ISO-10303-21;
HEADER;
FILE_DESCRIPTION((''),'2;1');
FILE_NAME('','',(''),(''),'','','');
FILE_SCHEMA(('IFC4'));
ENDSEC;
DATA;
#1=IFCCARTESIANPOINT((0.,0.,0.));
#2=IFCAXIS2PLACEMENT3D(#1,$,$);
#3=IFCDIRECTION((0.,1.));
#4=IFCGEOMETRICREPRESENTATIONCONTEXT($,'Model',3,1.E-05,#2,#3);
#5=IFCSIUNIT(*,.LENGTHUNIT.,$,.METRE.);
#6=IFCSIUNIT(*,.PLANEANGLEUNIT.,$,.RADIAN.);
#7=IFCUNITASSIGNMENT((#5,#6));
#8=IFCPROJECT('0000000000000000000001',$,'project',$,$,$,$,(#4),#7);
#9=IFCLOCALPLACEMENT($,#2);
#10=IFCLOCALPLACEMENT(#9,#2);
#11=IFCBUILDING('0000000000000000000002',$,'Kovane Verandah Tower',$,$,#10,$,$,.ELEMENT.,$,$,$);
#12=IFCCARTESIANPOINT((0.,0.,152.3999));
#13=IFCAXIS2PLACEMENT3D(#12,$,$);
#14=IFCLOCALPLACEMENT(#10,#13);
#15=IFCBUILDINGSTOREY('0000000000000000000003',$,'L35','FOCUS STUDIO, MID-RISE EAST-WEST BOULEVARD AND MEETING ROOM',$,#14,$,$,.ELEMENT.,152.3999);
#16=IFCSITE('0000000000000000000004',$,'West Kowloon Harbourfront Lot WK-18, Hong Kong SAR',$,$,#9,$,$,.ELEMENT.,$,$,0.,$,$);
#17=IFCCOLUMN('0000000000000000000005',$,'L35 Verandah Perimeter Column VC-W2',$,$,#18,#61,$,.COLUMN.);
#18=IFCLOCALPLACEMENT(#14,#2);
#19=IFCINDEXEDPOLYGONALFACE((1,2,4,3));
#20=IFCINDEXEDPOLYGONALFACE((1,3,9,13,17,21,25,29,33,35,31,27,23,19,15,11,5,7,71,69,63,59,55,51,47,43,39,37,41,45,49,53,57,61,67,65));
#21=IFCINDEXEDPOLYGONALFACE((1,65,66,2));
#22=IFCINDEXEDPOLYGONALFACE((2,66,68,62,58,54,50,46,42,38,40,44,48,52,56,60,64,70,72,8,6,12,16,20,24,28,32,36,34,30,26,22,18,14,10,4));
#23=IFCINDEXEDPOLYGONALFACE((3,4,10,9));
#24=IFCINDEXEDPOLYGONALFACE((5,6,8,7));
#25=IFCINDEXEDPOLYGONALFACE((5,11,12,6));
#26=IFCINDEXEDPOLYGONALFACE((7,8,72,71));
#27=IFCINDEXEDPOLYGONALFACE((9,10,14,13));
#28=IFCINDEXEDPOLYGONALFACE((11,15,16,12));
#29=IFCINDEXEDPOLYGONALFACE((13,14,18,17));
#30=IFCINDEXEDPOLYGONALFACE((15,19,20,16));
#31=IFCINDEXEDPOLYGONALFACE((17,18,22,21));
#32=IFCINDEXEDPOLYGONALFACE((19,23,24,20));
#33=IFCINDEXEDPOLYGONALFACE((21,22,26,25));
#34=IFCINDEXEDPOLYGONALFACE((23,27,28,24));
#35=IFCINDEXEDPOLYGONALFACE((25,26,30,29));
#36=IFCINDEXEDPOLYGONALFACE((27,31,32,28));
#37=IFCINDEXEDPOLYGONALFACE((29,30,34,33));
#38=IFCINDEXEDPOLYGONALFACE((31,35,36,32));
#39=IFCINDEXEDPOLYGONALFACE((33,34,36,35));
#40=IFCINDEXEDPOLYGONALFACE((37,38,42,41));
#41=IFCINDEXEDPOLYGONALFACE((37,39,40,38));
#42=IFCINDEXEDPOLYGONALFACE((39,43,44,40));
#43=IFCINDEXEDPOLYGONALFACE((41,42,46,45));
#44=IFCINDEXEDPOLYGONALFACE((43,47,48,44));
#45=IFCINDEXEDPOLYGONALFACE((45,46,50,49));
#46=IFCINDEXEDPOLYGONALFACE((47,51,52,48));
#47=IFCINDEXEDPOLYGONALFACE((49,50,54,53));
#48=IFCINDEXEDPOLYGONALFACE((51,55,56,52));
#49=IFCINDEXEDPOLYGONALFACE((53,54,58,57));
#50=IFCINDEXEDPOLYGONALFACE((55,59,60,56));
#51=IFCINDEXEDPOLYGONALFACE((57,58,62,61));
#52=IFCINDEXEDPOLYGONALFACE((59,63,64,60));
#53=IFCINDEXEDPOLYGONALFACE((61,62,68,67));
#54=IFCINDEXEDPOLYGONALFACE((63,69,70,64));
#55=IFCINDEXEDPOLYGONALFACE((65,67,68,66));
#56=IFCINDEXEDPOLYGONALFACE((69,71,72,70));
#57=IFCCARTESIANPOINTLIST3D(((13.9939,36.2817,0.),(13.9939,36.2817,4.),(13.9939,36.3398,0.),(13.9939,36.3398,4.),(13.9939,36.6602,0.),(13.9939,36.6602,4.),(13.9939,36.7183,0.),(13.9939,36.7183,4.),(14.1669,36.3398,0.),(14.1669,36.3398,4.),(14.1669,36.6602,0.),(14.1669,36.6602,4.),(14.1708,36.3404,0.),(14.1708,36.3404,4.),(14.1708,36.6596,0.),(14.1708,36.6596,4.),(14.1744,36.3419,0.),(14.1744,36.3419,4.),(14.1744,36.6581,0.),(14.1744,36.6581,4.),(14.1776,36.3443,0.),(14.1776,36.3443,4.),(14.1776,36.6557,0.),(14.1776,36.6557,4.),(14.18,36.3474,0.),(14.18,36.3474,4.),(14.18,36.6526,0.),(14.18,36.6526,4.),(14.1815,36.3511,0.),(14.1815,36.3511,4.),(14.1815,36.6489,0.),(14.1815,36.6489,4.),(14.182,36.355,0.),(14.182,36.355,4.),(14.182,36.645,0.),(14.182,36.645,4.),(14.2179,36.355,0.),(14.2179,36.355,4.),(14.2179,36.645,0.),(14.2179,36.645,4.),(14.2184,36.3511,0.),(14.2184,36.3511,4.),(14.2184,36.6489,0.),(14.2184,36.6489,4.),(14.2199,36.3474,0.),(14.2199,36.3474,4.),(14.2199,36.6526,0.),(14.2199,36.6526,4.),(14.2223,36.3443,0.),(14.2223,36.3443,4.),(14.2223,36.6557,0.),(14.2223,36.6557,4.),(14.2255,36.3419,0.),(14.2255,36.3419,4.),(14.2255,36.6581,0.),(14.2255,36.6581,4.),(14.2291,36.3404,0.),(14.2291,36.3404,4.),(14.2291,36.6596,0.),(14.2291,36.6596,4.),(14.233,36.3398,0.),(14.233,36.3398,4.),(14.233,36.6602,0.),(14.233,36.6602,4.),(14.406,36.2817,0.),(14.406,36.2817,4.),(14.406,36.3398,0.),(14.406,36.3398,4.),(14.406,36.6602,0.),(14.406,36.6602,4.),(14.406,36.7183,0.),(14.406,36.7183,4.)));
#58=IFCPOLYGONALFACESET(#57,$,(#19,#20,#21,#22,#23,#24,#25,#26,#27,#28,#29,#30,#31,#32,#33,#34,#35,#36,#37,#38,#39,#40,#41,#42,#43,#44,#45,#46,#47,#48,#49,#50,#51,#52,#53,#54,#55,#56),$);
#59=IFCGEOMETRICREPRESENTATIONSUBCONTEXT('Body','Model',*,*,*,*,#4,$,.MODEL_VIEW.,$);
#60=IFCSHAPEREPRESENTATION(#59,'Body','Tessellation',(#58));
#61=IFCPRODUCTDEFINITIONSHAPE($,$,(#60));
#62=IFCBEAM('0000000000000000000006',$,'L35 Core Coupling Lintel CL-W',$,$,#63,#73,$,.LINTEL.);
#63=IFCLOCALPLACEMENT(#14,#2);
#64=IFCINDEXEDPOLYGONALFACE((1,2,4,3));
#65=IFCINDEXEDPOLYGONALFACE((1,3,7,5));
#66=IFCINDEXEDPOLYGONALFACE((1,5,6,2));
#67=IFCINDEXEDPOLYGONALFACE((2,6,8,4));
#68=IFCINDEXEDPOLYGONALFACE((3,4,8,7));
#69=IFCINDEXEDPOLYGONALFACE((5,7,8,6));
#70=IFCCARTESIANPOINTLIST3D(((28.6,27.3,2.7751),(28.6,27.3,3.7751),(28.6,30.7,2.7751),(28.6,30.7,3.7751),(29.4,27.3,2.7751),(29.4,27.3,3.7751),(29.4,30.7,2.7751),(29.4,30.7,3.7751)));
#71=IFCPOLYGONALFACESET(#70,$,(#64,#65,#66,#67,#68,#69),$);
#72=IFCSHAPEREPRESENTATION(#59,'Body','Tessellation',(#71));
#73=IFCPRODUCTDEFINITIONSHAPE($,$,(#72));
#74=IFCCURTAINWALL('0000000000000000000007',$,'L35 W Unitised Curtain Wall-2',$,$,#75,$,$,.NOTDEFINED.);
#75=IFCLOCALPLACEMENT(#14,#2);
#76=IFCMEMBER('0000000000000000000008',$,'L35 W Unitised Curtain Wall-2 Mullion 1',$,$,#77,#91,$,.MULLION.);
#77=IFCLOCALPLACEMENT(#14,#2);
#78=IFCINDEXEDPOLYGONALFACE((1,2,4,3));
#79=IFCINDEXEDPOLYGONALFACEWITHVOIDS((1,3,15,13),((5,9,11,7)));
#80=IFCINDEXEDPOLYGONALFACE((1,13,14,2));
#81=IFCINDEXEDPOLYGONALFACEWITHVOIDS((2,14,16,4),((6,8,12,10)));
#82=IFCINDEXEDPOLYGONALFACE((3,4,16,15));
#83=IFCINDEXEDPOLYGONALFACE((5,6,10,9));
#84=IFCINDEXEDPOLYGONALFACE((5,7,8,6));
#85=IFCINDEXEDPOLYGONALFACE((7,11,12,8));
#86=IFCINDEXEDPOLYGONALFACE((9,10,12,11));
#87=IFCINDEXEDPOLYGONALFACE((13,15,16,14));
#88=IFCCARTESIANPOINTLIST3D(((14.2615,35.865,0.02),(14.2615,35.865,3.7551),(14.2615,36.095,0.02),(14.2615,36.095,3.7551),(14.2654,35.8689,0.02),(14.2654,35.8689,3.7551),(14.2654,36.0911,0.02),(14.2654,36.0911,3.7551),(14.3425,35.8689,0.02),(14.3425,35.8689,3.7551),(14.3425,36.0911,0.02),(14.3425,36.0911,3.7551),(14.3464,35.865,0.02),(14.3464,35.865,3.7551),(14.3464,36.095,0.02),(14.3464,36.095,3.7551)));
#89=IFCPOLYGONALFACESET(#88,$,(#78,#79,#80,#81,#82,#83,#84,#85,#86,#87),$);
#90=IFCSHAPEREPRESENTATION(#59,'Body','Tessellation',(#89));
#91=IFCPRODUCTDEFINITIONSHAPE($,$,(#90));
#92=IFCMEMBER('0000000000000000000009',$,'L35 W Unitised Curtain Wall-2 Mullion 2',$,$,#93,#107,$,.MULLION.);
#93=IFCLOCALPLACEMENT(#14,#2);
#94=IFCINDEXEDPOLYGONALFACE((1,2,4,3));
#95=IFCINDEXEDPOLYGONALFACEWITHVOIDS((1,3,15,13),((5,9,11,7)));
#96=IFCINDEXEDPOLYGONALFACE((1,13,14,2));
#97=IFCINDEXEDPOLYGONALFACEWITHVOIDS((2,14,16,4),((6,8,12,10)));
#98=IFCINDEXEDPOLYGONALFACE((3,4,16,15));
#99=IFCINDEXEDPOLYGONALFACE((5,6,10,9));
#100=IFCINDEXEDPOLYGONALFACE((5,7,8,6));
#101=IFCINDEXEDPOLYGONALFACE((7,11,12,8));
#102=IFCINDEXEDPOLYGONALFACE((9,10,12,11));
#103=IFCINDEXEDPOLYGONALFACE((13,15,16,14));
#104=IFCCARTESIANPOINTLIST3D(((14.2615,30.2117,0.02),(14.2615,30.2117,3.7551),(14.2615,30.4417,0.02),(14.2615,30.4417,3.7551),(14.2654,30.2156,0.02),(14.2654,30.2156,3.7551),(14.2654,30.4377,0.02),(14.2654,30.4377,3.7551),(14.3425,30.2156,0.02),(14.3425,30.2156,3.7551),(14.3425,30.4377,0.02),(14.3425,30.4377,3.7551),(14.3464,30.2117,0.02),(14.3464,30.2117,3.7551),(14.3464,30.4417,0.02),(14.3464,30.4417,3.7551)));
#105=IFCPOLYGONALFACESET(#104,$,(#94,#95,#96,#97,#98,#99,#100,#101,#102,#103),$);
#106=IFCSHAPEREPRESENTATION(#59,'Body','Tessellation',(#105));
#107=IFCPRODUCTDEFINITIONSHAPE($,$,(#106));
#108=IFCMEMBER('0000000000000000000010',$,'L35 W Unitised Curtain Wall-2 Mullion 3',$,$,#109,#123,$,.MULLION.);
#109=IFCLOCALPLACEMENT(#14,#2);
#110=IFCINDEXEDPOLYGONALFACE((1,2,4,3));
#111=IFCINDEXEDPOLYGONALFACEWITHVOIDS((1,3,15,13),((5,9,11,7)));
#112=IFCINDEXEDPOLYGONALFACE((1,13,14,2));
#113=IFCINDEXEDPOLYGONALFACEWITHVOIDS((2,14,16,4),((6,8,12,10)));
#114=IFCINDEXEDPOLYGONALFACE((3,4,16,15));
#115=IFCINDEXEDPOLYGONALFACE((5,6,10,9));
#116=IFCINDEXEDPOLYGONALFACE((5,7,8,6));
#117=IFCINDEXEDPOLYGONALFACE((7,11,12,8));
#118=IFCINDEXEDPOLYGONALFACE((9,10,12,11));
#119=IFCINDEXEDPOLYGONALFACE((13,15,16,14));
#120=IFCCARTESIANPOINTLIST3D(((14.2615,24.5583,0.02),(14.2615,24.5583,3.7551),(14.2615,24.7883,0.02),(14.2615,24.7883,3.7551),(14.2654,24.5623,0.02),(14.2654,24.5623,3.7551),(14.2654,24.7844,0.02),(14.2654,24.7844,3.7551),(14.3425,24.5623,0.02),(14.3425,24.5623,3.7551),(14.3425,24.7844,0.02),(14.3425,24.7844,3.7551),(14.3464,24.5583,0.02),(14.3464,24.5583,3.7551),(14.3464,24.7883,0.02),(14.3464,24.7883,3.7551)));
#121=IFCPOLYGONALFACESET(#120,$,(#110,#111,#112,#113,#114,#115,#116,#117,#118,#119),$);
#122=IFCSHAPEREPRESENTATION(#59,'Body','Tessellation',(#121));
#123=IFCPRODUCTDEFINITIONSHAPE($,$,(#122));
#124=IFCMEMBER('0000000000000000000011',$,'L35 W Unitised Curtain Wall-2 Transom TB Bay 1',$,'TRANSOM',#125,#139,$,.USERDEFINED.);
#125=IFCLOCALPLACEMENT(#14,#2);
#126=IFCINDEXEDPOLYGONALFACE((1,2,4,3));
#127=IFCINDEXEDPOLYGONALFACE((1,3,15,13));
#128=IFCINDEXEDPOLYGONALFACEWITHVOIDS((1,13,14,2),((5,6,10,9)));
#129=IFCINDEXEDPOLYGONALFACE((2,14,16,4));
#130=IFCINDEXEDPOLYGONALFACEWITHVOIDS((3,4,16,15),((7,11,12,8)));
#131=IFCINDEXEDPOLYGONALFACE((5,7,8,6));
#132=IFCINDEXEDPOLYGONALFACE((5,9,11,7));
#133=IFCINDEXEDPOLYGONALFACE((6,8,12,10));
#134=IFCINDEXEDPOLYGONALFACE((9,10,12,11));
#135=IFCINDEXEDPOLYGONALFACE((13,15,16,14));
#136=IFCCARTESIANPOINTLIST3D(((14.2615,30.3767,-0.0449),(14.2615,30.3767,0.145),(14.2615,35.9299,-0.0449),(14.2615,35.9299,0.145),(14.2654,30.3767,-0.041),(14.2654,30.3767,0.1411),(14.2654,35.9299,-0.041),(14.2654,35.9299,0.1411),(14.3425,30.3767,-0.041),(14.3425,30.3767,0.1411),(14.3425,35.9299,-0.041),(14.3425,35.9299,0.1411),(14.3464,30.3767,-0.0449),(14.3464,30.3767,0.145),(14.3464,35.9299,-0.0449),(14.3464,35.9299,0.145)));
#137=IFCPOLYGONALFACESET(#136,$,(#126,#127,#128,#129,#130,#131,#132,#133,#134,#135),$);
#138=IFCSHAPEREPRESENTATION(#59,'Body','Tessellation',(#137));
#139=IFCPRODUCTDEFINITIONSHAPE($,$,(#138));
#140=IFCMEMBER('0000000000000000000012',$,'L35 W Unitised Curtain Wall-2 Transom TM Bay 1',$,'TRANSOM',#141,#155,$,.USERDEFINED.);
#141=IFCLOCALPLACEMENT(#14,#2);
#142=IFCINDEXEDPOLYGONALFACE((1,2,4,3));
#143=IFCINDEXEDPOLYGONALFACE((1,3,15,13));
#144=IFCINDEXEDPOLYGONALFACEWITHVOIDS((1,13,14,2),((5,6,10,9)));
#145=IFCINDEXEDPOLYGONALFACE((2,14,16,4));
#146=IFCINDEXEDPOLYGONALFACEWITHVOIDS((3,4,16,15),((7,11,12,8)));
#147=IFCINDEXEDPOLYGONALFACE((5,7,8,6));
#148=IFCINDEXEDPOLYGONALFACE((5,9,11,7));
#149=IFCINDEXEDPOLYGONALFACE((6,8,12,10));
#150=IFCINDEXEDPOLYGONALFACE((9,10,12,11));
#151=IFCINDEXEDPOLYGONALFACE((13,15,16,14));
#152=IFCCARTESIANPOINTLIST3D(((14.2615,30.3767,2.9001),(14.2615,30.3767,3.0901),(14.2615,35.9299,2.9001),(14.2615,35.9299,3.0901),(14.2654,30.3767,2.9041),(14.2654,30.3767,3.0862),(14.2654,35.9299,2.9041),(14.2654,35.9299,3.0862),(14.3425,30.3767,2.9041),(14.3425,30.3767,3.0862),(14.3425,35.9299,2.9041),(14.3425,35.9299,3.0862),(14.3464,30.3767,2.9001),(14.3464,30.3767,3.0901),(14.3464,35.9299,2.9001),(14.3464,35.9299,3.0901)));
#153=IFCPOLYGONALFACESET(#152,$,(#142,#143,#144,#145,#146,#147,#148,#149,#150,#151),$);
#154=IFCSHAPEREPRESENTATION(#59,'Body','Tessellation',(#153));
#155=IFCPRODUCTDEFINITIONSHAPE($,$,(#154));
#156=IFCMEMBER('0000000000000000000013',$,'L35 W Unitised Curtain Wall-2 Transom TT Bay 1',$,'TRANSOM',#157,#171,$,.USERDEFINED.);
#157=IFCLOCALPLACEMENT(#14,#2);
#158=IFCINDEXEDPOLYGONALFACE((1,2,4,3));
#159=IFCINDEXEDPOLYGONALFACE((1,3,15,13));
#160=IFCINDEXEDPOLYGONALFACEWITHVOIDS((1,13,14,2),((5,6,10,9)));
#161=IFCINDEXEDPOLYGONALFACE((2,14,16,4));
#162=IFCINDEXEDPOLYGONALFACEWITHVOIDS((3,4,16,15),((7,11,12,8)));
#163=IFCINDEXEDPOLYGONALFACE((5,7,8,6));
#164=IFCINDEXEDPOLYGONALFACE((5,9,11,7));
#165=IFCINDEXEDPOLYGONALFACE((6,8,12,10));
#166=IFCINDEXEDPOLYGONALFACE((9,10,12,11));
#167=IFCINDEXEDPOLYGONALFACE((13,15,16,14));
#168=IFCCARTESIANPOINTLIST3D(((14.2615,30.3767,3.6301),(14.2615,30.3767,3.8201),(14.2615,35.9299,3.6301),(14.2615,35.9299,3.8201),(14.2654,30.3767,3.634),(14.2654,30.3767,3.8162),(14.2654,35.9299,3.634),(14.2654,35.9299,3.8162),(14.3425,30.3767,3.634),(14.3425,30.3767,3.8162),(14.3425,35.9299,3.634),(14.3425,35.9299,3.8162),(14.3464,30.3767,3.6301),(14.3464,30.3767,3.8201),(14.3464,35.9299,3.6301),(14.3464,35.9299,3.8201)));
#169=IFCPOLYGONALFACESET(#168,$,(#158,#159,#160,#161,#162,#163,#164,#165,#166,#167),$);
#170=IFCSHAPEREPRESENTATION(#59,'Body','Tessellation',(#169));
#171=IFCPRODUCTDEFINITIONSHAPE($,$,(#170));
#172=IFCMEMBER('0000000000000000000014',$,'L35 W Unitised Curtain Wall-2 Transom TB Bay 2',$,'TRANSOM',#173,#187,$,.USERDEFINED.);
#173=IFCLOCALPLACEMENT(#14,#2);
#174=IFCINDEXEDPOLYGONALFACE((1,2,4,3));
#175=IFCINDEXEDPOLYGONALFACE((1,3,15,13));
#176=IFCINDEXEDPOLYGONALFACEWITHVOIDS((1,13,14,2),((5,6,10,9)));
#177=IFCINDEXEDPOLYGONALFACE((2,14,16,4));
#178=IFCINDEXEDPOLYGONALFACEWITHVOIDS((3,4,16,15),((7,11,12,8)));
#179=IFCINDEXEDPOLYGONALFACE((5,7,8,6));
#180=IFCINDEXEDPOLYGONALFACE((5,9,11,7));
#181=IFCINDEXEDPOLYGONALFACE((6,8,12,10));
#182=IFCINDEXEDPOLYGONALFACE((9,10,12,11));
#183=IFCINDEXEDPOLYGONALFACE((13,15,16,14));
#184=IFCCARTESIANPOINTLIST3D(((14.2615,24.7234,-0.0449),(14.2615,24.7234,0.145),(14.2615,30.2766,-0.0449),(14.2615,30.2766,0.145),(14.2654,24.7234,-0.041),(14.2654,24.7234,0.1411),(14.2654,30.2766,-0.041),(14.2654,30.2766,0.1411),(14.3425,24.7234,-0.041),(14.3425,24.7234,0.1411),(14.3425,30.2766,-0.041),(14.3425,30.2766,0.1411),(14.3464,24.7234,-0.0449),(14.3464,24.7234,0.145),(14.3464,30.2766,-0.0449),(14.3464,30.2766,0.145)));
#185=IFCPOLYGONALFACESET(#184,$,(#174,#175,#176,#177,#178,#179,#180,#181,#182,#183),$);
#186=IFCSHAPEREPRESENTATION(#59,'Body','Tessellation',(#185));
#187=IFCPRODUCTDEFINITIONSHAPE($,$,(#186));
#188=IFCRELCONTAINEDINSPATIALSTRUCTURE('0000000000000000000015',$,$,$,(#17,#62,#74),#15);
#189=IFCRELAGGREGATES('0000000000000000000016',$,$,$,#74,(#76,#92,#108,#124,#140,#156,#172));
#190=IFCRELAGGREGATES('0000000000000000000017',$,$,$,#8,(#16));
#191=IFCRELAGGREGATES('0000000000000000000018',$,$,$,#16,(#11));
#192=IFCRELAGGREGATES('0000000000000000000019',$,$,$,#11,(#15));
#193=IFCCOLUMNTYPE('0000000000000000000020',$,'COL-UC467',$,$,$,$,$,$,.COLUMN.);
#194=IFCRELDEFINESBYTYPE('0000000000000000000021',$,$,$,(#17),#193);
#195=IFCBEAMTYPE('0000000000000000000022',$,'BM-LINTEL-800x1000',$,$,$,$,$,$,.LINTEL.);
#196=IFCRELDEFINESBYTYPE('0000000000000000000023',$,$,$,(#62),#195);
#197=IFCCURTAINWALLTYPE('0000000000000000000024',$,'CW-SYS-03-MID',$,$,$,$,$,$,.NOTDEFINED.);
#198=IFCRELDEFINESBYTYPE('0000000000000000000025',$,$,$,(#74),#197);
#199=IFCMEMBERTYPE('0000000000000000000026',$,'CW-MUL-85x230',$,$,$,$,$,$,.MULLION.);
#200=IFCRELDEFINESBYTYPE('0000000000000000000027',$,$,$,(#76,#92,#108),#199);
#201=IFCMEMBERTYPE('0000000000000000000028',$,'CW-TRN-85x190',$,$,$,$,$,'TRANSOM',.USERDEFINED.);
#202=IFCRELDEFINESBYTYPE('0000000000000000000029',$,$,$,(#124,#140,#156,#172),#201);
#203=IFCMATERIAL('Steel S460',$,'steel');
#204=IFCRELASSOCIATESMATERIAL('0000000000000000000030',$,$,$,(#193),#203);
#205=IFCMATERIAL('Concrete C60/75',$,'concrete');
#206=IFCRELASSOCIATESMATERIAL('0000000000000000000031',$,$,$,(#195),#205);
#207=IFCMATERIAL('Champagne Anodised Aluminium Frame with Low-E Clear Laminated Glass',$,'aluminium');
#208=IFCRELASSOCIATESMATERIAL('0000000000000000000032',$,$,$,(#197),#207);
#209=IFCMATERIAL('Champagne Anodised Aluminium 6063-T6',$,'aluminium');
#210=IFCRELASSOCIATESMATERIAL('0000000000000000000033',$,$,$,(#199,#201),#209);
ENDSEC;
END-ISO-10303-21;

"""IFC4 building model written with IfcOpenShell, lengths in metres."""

from ifc_helpers import new_model, si_unit, direction, frame, origin, origin_2d, place, context, subcontext, project, spatial, rectangle, hollow_rectangle, i_section, extrude, material, material_profile, profile_set, type_object, element, aggregate, save


model = new_model("IFC4")

# Units and contexts
model_context = context("Model", 3, precision=1e-05, world=origin(), true_north=direction((0.0, 1.0)))
body_context = subcontext(model_context, "Body", "Model", "MODEL_VIEW")
ifc_project = project(units=[si_unit("LENGTHUNIT", "METRE"), si_unit("PLANEANGLEUNIT", "RADIAN")], contexts=[model_context])

# Site, building, storey
site_placement = place(None, origin())
site = spatial("IfcSite", under=ifc_project, at=site_placement, Name="West Kowloon Harbourfront Lot WK-18, Hong Kong SAR", CompositionType="ELEMENT", RefElevation=0.0)
building_placement = place(site_placement, origin())
building = spatial("IfcBuilding", under=site, at=building_placement, Name="Kovane Verandah Tower", CompositionType="ELEMENT")
storey_placement = place(building_placement, frame((0.0, 0.0, 152.3999)))
storey = spatial("IfcBuildingStorey", under=building, at=storey_placement, Name="L35", Description="FOCUS STUDIO, MID-RISE EAST-WEST BOULEVARD AND MEETING ROOM", CompositionType="ELEMENT", Elevation=152.3999)

# Column
ifc_material_1 = material(Name="Steel S460", Category="steel")
ifc_material_profile_1 = material_profile(ifc_material_1, i_section(OverallWidth=0.4121, OverallDepth=0.4365, WebThickness=0.0359, FlangeThickness=0.0581, FilletRadius=0.0151, at=origin_2d()), Name="UC356x406x467")
ifc_profile_set_1 = profile_set([ifc_material_profile_1], Name="Steel S460")
column_type = type_object("IfcColumnType", Name="COL-UC467", PredefinedType="COLUMN", material=ifc_profile_set_1)
column_placement = place(storey_placement, frame((14.2, 36.5, 0.0), z_axis=(0.0, 0.0, 1.0), x_axis=(1.0, 0.0, 0.0)))
element("IfcColumn", 1, at=column_placement, inside=storey, type_object=column_type, Name="L35 Verandah Perimeter Column VC-W2", PredefinedType="COLUMN", context=body_context, shape_type="SweptSolid", body=[
    extrude(i_section(OverallWidth=0.4121, OverallDepth=0.4365, WebThickness=0.0359, FlangeThickness=0.0581, FilletRadius=0.0151, at=origin_2d()), origin(), (0.0, 0.0, 1.0), 4.0),
])

# Beam
ifc_material_2 = material(Name="Concrete C60/75", Category="concrete")
ifc_material_profile_2 = material_profile(ifc_material_2, rectangle(XDim=0.8, YDim=1.0, at=origin_2d()), Name="RCB800x1000")
ifc_profile_set_2 = profile_set([ifc_material_profile_2], Name="Concrete C60/75")
beam_type = type_object("IfcBeamType", Name="BM-LINTEL-800x1000", PredefinedType="LINTEL", material=ifc_profile_set_2)
beam_placement = place(storey_placement, frame((29.0, 27.3, 3.2751), z_axis=(0.0, 1.0, 0.0), x_axis=(-1.0, 0.0, 0.0)))
element("IfcBeam", 2, at=beam_placement, inside=storey, type_object=beam_type, Name="L35 Core Coupling Lintel CL-W", PredefinedType="LINTEL", context=body_context, shape_type="SweptSolid", body=[
    extrude(rectangle(XDim=0.8, YDim=1.0, at=origin_2d()), origin(), (0.0, 0.0, 1.0), 3.3999),
])

# Curtain wall, members
ifc_material_3 = material(Name="Champagne Anodised Aluminium Frame with Low-E Clear Laminated Glass", Category="aluminium")
curtain_wall_type = type_object("IfcCurtainWallType", Name="CW-SYS-03-MID", PredefinedType="NOTDEFINED", material=ifc_material_3)
curtain_wall_placement = place(storey_placement, origin())
curtain_wall = element("IfcCurtainWall", 3, at=curtain_wall_placement, inside=storey, type_object=curtain_wall_type, Name="L35 W Unitised Curtain Wall-2", PredefinedType="NOTDEFINED")
ifc_material_4 = material(Name="Champagne Anodised Aluminium 6063-T6", Category="aluminium")
ifc_material_profile_3 = material_profile(ifc_material_4, hollow_rectangle(XDim=0.085, YDim=0.23, WallThickness=0.0039, at=origin_2d()), Name="AL85x230x4")
ifc_profile_set_3 = profile_set([ifc_material_profile_3], Name="Champagne Anodised Aluminium 6063-T6")
member_type_1 = type_object("IfcMemberType", Name="CW-MUL-85x230", PredefinedType="MULLION", material=ifc_profile_set_3)
member_1_placement = place(storey_placement, frame((14.304, 35.98, 0.02), z_axis=(0.0, 0.0, 1.0), x_axis=(-1.0, 0.0, 0.0)))
member_1 = element("IfcMember", 4, at=member_1_placement, type_object=member_type_1, Name="L35 W Unitised Curtain Wall-2 Mullion 1", PredefinedType="MULLION", context=body_context, shape_type="SweptSolid", body=[
    extrude(hollow_rectangle(XDim=0.085, YDim=0.23, WallThickness=0.0039, at=origin_2d()), origin(), (0.0, 0.0, 1.0), 3.7351),
])
member_2_placement = place(storey_placement, frame((14.304, 30.3267, 0.02), z_axis=(0.0, 0.0, 1.0), x_axis=(-1.0, 0.0, 0.0)))
member_2 = element("IfcMember", 5, at=member_2_placement, type_object=member_type_1, Name="L35 W Unitised Curtain Wall-2 Mullion 2", PredefinedType="MULLION", context=body_context, shape_type="SweptSolid", body=[
    extrude(hollow_rectangle(XDim=0.085, YDim=0.23, WallThickness=0.0039, at=origin_2d()), origin(), (0.0, 0.0, 1.0), 3.7351),
])
member_3_placement = place(storey_placement, frame((14.304, 24.6733, 0.02), z_axis=(0.0, 0.0, 1.0), x_axis=(-1.0, 0.0, 0.0)))
member_3 = element("IfcMember", 6, at=member_3_placement, type_object=member_type_1, Name="L35 W Unitised Curtain Wall-2 Mullion 3", PredefinedType="MULLION", context=body_context, shape_type="SweptSolid", body=[
    extrude(hollow_rectangle(XDim=0.085, YDim=0.23, WallThickness=0.0039, at=origin_2d()), origin(), (0.0, 0.0, 1.0), 3.7351),
])
ifc_material_profile_4 = material_profile(ifc_material_4, hollow_rectangle(XDim=0.085, YDim=0.1899, WallThickness=0.0039, at=origin_2d()), Name="AL85x190x4")
ifc_profile_set_4 = profile_set([ifc_material_profile_4], Name="Champagne Anodised Aluminium 6063-T6")
member_type_2 = type_object("IfcMemberType", Name="CW-TRN-85x190", ElementType="TRANSOM", PredefinedType="USERDEFINED", material=ifc_profile_set_4)
member_4_placement = place(storey_placement, frame((14.304, 35.9299, 0.05), z_axis=(0.0, -1.0, 0.0), x_axis=(1.0, 0.0, 0.0)))
member_4 = element("IfcMember", 7, at=member_4_placement, type_object=member_type_2, Name="L35 W Unitised Curtain Wall-2 Transom TB Bay 1", ObjectType="TRANSOM", PredefinedType="USERDEFINED", context=body_context, shape_type="SweptSolid", body=[
    extrude(hollow_rectangle(XDim=0.085, YDim=0.1899, WallThickness=0.0039, at=origin_2d()), origin(), (0.0, 0.0, 1.0), 5.5532),
])
member_5_placement = place(storey_placement, frame((14.304, 35.9299, 2.9951), z_axis=(0.0, -1.0, 0.0), x_axis=(1.0, 0.0, 0.0)))
member_5 = element("IfcMember", 8, at=member_5_placement, type_object=member_type_2, Name="L35 W Unitised Curtain Wall-2 Transom TM Bay 1", ObjectType="TRANSOM", PredefinedType="USERDEFINED", context=body_context, shape_type="SweptSolid", body=[
    extrude(hollow_rectangle(XDim=0.085, YDim=0.1899, WallThickness=0.0039, at=origin_2d()), origin(), (0.0, 0.0, 1.0), 5.5532),
])
member_6_placement = place(storey_placement, frame((14.304, 35.9299, 3.7251), z_axis=(0.0, -1.0, 0.0), x_axis=(1.0, 0.0, 0.0)))
member_6 = element("IfcMember", 9, at=member_6_placement, type_object=member_type_2, Name="L35 W Unitised Curtain Wall-2 Transom TT Bay 1", ObjectType="TRANSOM", PredefinedType="USERDEFINED", context=body_context, shape_type="SweptSolid", body=[
    extrude(hollow_rectangle(XDim=0.085, YDim=0.1899, WallThickness=0.0039, at=origin_2d()), origin(), (0.0, 0.0, 1.0), 5.5532),
])
member_7_placement = place(storey_placement, frame((14.304, 30.2766, 0.05), z_axis=(0.0, -1.0, 0.0), x_axis=(1.0, 0.0, 0.0)))
member_7 = element("IfcMember", 10, at=member_7_placement, type_object=member_type_2, Name="L35 W Unitised Curtain Wall-2 Transom TB Bay 2", ObjectType="TRANSOM", PredefinedType="USERDEFINED", context=body_context, shape_type="SweptSolid", body=[
    extrude(hollow_rectangle(XDim=0.085, YDim=0.1899, WallThickness=0.0039, at=origin_2d()), origin(), (0.0, 0.0, 1.0), 5.5532),
])
aggregate(curtain_wall, [member_1, member_2, member_3, member_4, member_5, member_6, member_7])

save(model, "model.ifc")
